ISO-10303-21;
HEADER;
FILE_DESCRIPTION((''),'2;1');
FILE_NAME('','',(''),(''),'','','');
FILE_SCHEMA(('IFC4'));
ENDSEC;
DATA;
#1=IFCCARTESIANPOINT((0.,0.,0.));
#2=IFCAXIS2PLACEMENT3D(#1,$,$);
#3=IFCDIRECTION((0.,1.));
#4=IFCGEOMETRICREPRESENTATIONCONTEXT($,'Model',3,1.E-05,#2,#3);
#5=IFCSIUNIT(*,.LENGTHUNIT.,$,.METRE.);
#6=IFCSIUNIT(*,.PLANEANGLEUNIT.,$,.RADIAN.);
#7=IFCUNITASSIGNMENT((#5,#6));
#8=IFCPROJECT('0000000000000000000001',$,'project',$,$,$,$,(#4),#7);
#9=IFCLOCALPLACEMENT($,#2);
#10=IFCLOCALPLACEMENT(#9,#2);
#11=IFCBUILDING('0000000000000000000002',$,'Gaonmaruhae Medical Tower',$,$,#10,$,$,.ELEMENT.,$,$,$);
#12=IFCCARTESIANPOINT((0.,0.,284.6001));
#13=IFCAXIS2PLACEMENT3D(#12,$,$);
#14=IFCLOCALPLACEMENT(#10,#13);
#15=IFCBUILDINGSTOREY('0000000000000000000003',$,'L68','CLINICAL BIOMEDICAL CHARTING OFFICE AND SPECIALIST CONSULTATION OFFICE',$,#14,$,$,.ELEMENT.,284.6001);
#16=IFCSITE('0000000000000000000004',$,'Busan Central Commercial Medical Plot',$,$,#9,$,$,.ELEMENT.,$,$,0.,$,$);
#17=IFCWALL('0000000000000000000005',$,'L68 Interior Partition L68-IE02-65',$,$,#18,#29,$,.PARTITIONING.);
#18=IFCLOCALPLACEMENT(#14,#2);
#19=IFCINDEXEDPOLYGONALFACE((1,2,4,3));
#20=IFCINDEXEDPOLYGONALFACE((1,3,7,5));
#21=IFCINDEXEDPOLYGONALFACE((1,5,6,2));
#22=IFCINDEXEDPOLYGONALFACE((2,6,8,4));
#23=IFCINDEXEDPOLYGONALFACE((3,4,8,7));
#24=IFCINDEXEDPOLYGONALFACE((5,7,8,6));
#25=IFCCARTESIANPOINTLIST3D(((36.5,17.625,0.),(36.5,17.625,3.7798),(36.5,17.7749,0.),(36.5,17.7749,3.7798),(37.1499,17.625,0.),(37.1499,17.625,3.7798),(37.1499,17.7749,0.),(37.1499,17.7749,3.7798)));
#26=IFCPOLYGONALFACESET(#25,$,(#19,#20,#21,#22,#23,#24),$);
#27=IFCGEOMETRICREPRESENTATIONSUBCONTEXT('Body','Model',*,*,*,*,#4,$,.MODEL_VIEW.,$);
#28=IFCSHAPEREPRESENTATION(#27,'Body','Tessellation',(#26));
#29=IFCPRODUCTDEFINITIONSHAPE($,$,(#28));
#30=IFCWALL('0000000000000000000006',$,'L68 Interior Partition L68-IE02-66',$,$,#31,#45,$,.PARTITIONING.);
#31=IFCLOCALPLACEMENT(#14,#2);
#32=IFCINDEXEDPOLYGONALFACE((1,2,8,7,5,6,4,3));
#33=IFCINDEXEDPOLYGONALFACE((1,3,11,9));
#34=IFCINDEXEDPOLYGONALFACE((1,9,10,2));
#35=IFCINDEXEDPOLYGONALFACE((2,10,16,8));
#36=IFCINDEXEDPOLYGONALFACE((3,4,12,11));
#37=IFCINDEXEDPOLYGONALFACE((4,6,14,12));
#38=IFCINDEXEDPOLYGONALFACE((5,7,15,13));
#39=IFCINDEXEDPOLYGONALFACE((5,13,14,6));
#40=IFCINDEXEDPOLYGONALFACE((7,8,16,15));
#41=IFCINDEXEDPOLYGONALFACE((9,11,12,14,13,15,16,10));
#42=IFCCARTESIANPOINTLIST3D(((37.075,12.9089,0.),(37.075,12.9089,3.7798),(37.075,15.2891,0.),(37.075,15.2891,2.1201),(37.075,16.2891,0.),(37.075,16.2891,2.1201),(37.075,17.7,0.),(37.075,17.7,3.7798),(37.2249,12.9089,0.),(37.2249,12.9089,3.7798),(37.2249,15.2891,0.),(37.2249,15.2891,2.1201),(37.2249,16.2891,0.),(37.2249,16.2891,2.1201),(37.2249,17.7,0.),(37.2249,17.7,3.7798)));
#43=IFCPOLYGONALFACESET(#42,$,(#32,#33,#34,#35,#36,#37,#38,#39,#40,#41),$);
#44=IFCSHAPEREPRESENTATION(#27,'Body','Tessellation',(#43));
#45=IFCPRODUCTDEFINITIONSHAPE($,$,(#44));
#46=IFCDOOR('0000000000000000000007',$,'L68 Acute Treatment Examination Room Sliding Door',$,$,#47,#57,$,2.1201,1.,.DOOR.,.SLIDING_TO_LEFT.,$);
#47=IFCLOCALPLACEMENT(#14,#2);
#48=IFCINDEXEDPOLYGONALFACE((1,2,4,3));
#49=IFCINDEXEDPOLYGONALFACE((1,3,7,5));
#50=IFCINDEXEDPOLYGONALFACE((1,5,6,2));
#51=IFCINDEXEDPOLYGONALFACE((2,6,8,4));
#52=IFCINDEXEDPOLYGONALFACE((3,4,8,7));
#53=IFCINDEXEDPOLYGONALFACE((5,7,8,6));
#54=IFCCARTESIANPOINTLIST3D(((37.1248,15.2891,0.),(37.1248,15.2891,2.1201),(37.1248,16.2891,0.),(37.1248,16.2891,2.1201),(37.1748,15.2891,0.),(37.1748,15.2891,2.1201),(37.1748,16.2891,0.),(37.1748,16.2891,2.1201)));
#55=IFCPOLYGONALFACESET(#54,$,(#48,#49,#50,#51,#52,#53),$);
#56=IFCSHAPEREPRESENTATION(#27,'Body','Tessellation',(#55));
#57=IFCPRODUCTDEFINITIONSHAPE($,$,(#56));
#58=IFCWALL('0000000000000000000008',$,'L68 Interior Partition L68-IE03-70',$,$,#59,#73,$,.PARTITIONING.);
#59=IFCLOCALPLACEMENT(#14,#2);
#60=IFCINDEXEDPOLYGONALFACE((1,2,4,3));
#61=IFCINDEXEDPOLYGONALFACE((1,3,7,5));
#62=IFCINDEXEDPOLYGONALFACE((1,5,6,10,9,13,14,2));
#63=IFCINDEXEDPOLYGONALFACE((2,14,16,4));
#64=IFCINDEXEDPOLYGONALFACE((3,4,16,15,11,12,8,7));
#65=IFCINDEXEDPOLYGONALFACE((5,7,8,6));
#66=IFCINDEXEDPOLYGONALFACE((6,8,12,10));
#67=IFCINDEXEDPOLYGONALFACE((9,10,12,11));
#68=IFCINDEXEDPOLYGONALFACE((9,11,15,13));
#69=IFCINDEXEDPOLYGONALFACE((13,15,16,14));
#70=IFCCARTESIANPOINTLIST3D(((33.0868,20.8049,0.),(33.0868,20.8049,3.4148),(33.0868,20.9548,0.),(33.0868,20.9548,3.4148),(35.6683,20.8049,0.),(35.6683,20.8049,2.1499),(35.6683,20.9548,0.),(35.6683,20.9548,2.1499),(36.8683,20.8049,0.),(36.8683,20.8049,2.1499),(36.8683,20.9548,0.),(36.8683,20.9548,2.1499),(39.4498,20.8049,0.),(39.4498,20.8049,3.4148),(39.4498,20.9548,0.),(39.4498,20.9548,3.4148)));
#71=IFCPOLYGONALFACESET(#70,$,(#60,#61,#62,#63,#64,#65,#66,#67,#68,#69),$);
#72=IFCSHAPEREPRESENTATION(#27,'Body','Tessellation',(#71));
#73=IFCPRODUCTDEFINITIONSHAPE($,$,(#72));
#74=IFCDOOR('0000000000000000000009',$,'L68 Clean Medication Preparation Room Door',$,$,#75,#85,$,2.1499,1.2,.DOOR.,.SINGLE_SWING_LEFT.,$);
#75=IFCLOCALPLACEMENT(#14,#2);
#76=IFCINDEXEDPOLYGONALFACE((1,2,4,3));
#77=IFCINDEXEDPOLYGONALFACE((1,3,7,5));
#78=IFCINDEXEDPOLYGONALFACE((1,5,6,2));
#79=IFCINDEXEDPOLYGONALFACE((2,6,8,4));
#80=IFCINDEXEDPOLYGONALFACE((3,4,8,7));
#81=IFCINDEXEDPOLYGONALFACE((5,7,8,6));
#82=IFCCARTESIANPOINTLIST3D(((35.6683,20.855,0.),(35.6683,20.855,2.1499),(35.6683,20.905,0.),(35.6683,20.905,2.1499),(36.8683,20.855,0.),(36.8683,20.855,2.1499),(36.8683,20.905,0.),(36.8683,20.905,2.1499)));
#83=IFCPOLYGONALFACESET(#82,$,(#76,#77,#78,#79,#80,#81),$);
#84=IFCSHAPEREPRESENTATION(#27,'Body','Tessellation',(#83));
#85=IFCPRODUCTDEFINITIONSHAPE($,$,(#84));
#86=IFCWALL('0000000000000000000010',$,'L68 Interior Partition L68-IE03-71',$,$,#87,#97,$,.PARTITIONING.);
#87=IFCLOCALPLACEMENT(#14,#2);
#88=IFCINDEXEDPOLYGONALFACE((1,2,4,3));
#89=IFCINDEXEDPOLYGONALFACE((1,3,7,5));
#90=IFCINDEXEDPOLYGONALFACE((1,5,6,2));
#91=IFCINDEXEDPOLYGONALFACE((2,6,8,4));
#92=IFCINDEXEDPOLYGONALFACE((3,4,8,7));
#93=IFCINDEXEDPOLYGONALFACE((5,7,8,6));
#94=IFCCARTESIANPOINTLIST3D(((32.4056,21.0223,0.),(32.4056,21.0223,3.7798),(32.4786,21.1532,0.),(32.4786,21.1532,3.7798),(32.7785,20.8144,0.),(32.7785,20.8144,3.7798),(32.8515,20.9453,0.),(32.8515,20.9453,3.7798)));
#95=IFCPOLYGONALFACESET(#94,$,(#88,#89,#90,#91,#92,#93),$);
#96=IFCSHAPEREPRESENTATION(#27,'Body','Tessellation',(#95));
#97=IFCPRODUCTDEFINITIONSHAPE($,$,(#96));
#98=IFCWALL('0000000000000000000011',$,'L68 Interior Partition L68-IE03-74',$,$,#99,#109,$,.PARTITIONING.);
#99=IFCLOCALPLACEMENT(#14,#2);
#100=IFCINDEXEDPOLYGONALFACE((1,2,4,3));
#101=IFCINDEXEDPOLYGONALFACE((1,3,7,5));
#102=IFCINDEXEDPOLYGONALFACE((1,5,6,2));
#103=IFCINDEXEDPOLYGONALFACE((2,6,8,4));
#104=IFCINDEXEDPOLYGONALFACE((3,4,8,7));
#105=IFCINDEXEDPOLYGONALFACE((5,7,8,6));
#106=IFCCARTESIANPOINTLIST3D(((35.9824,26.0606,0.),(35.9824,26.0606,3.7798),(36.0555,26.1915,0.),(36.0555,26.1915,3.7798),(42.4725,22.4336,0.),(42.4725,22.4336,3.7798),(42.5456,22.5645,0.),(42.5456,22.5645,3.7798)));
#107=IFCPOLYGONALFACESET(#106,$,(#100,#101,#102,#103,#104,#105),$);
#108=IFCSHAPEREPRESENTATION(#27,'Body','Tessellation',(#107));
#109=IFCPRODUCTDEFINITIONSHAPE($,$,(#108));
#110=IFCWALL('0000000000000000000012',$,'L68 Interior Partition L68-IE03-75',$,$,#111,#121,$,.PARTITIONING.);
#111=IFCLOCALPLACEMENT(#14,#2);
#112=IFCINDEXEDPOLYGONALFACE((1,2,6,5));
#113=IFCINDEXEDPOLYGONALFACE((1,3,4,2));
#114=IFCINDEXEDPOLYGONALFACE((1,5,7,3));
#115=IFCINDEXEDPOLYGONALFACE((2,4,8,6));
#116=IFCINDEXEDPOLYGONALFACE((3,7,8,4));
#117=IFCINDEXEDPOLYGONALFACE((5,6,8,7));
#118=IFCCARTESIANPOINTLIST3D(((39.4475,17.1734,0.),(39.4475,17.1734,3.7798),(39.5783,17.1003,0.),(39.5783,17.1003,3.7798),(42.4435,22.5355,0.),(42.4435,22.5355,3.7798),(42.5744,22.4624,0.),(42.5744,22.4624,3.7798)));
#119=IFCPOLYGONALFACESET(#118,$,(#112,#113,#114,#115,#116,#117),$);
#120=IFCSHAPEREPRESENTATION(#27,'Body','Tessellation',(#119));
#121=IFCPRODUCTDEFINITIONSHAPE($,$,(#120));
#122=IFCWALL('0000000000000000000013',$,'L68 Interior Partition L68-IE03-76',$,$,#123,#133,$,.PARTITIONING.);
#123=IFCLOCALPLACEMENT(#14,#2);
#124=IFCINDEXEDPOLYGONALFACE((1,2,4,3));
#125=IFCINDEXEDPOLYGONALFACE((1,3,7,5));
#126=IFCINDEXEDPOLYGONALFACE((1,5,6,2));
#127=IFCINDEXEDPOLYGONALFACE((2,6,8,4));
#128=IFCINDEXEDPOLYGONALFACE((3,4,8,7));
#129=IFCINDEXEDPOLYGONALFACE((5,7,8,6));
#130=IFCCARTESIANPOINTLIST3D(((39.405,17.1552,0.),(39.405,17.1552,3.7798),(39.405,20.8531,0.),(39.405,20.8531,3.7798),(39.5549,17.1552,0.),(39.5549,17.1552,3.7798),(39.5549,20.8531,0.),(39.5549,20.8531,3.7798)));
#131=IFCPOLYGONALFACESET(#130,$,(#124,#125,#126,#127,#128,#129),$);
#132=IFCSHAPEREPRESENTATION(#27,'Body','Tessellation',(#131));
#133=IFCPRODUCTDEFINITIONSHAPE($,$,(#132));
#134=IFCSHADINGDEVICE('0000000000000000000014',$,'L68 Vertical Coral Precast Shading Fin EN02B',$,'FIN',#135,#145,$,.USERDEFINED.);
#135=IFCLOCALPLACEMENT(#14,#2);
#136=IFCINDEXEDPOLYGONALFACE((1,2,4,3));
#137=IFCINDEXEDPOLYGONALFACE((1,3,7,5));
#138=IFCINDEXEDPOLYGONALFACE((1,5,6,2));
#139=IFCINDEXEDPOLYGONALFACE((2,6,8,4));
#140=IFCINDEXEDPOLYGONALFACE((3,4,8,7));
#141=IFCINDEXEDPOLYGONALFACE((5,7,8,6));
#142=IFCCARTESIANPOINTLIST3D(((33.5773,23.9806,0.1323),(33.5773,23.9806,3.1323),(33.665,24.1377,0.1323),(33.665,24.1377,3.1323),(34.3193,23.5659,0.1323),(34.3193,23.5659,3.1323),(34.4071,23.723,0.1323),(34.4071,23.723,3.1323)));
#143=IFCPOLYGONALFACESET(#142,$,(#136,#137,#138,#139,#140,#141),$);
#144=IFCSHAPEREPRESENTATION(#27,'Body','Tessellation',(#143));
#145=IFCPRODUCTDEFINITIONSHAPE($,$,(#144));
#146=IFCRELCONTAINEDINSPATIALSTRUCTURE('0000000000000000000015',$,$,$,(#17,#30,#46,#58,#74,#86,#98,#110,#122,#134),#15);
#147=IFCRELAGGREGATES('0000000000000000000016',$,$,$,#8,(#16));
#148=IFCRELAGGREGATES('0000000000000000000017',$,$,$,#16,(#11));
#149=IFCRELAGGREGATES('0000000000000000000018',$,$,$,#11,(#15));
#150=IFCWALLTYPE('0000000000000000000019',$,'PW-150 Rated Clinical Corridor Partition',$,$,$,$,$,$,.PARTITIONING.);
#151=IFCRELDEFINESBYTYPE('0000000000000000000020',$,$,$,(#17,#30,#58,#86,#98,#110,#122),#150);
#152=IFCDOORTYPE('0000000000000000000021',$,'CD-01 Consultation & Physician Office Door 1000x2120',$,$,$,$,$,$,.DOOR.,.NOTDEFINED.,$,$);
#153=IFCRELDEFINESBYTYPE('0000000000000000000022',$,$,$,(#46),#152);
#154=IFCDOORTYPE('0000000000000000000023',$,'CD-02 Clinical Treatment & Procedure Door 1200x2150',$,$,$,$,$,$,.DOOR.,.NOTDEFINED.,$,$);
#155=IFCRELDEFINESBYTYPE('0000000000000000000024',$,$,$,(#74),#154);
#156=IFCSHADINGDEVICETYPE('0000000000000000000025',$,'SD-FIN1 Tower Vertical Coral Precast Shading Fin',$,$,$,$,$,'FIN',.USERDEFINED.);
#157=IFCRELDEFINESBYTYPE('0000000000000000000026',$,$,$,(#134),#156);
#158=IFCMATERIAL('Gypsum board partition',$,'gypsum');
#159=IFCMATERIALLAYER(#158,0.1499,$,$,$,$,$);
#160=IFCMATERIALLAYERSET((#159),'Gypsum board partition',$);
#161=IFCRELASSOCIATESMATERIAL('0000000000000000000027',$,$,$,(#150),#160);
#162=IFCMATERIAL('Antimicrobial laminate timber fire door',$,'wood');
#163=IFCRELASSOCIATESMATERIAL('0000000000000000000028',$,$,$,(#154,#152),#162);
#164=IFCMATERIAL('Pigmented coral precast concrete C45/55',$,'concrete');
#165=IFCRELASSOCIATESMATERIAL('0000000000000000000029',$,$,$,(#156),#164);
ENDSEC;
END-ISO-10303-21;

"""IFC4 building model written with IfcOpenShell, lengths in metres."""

from ifc_helpers import new_model, si_unit, direction, frame, frame_2d, origin, origin_2d, place, context, subcontext, project, spatial, rectangle, extrude, material, layer, layer_set, type_object, element, fill, save


model = new_model("IFC4")

# Units and contexts
model_context = context("Model", 3, precision=1e-05, world=origin(), true_north=direction((0.0, 1.0)))
body_context = subcontext(model_context, "Body", "Model", "MODEL_VIEW")
ifc_project = project(units=[si_unit("LENGTHUNIT", "METRE"), si_unit("PLANEANGLEUNIT", "RADIAN")], contexts=[model_context])

# Site, building, storey
site_placement = place(None, origin())
site = spatial("IfcSite", under=ifc_project, at=site_placement, Name="Busan Central Commercial Medical Plot", CompositionType="ELEMENT", RefElevation=0.0)
building_placement = place(site_placement, origin())
building = spatial("IfcBuilding", under=site, at=building_placement, Name="Gaonmaruhae Medical Tower", CompositionType="ELEMENT")
storey_placement = place(building_placement, frame((0.0, 0.0, 284.6001)))
storey = spatial("IfcBuildingStorey", under=building, at=storey_placement, Name="L68", Description="CLINICAL BIOMEDICAL CHARTING OFFICE AND SPECIALIST CONSULTATION OFFICE", CompositionType="ELEMENT", Elevation=284.6001)

# Shared definitions
ifc_material_1 = material(Name="Gypsum board partition", Category="gypsum")
ifc_layer_1 = layer(ifc_material_1, 0.1499)
ifc_layer_set_1 = layer_set([ifc_layer_1], Name="Gypsum board partition")
wall_type_1 = type_object("IfcWallType", Name="PW-150 Rated Clinical Corridor Partition", PredefinedType="PARTITIONING", material=ifc_layer_set_1)

# Shared definitions
ifc_material_2 = material(Name="Antimicrobial laminate timber fire door", Category="wood")
door_type_1 = type_object("IfcDoorType", Name="CD-02 Clinical Treatment & Procedure Door 1200x2150", OperationType="NOTDEFINED", PredefinedType="DOOR", material=ifc_material_2)

# Wall
wall_1_placement = place(storey_placement, frame((36.5, 17.7, 0.0), z_axis=(0.0, 0.0, 1.0), x_axis=(1.0, 0.0, 0.0)))
element("IfcWall", 1, at=wall_1_placement, inside=storey, type_object=wall_type_1, Name="L68 Interior Partition L68-IE02-65", PredefinedType="PARTITIONING", context=body_context, shape_type="SweptSolid", body=[
    extrude(rectangle(XDim=0.6499, YDim=0.1499, at=frame_2d((0.325, 0.0))), origin(), (0.0, 0.0, 1.0), 3.7798),
])

# Walls, openings, doors
wall_2_placement = place(storey_placement, frame((37.1499, 17.7, 0.0), z_axis=(0.0, 0.0, 1.0), x_axis=(0.0, -1.0, 0.0)))
wall_2 = element("IfcWall", 2, at=wall_2_placement, inside=storey, type_object=wall_type_1, Name="L68 Interior Partition L68-IE02-66", PredefinedType="PARTITIONING", context=body_context, shape_type="SweptSolid", body=[
    extrude(rectangle(XDim=4.791, YDim=0.1499, at=frame_2d((2.3955, 0.0))), origin(), (0.0, 0.0, 1.0), 3.7798),
])
opening_1_placement = place(wall_2_placement, frame((1.4109, 0.0, 0.0)))
opening_1 = element("IfcOpeningElement", 3, at=opening_1_placement, cuts=wall_2, PredefinedType="OPENING", context=body_context, shape_type="SweptSolid", body=[
    extrude(rectangle(XDim=1.0, YDim=2.1201, at=frame_2d((0.5, 1.0601))), frame((0.0, 0.085, 0.0), z_axis=(0.0, -1.0, 0.0), x_axis=(1.0, 0.0, 0.0)), (0.0, 0.0, 1.0), 0.1699),
])
door_type_2 = type_object("IfcDoorType", Name="CD-01 Consultation & Physician Office Door 1000x2120", OperationType="NOTDEFINED", PredefinedType="DOOR", material=ifc_material_2)
door_1_placement = place(opening_1_placement, origin())
door_1 = element("IfcDoor", 4, at=door_1_placement, inside=storey, type_object=door_type_2, Name="L68 Acute Treatment Examination Room Sliding Door", OperationType="SLIDING_TO_LEFT", OverallHeight=2.1201, OverallWidth=1.0, PredefinedType="DOOR", context=body_context, shape_type="SweptSolid", body=[
    extrude(rectangle(XDim=1.0, YDim=2.1201, at=frame_2d((0.5, 1.0601))), frame((0.0, 0.0249, 0.0), z_axis=(0.0, -1.0, 0.0), x_axis=(1.0, 0.0, 0.0)), (0.0, 0.0, 1.0), 0.05),
])
fill(opening_1, door_1)
wall_3_placement = place(storey_placement, frame((39.45, 20.8799, 0.0), z_axis=(0.0, 0.0, 1.0), x_axis=(-1.0, 0.0, 0.0)))
wall_3 = element("IfcWall", 5, at=wall_3_placement, inside=storey, type_object=wall_type_1, Name="L68 Interior Partition L68-IE03-70", PredefinedType="PARTITIONING", context=body_context, shape_type="SweptSolid", body=[
    extrude(rectangle(XDim=6.363, YDim=0.1499, at=frame_2d((3.1816, 0.0))), origin(), (0.0, 0.0, 1.0), 3.4148),
])
opening_2_placement = place(wall_3_placement, frame((2.5815, 0.0, 0.0)))
opening_2 = element("IfcOpeningElement", 6, at=opening_2_placement, cuts=wall_3, PredefinedType="OPENING", context=body_context, shape_type="SweptSolid", body=[
    extrude(rectangle(XDim=1.2, YDim=2.1499, at=frame_2d((0.6001, 1.075))), frame((0.0, 0.085, 0.0), z_axis=(0.0, -1.0, 0.0), x_axis=(1.0, 0.0, 0.0)), (0.0, 0.0, 1.0), 0.1699),
])
door_2_placement = place(opening_2_placement, origin())
door_2 = element("IfcDoor", 7, at=door_2_placement, inside=storey, type_object=door_type_1, Name="L68 Clean Medication Preparation Room Door", OperationType="SINGLE_SWING_LEFT", OverallHeight=2.1499, OverallWidth=1.2, PredefinedType="DOOR", context=body_context, shape_type="SweptSolid", body=[
    extrude(rectangle(XDim=1.2, YDim=2.1499, at=frame_2d((0.6001, 1.075))), frame((0.0, 0.0249, 0.0), z_axis=(0.0, -1.0, 0.0), x_axis=(1.0, 0.0, 0.0)), (0.0, 0.0, 1.0), 0.05),
])
fill(opening_2, door_2)

# Walls
wall_4_placement = place(storey_placement, frame((32.8149, 20.8799, 0.0), z_axis=(0.0, 0.0, 1.0), x_axis=(-0.873401, 0.487001, 0.0)))
element("IfcWall", 8, at=wall_4_placement, inside=storey, type_object=wall_type_1, Name="L68 Interior Partition L68-IE03-71", PredefinedType="PARTITIONING", context=body_context, shape_type="SweptSolid", body=[
    extrude(rectangle(XDim=0.427, YDim=0.1499, at=frame_2d((0.2134, 0.0))), origin(), (0.0, 0.0, 1.0), 3.7798),
])
wall_5_placement = place(storey_placement, frame((36.019, 26.126, 0.0), z_axis=(0.0, 0.0, 1.0), x_axis=(0.872932, -0.487841, 0.0)))
element("IfcWall", 9, at=wall_5_placement, inside=storey, type_object=wall_type_1, Name="L68 Interior Partition L68-IE03-74", PredefinedType="PARTITIONING", context=body_context, shape_type="SweptSolid", body=[
    extrude(rectangle(XDim=7.4348, YDim=0.1499, at=frame_2d((3.7173, 0.0))), origin(), (0.0, 0.0, 1.0), 3.7798),
])
wall_6_placement = place(storey_placement, frame((42.509, 22.499, 0.0), z_axis=(0.0, 0.0, 1.0), x_axis=(-0.487778, -0.872968, 0.0)))
element("IfcWall", 10, at=wall_6_placement, inside=storey, type_object=wall_type_1, Name="L68 Interior Partition L68-IE03-75", PredefinedType="PARTITIONING", context=body_context, shape_type="SweptSolid", body=[
    extrude(rectangle(XDim=6.1423, YDim=0.1499, at=frame_2d((3.0713, 0.0))), origin(), (0.0, 0.0, 1.0), 3.7798),
])
wall_7_placement = place(storey_placement, frame((39.48, 17.155, 0.0), z_axis=(0.0, 0.0, 1.0), x_axis=(0.0, 1.0, 0.0)))
element("IfcWall", 11, at=wall_7_placement, inside=storey, type_object=wall_type_1, Name="L68 Interior Partition L68-IE03-76", PredefinedType="PARTITIONING", context=body_context, shape_type="SweptSolid", body=[
    extrude(rectangle(XDim=3.698, YDim=0.1499, at=frame_2d((1.8491, 0.0))), origin(), (0.0, 0.0, 1.0), 3.7798),
])

# Shading device
ifc_material_3 = material(Name="Pigmented coral precast concrete C45/55", Category="concrete")
shading_device_type = type_object("IfcShadingDeviceType", Name="SD-FIN1 Tower Vertical Coral Precast Shading Fin", ElementType="FIN", PredefinedType="USERDEFINED", material=ifc_material_3)
shading_device_placement = place(storey_placement, frame((33.9922, 23.8518, 0.1323), z_axis=(0.0, 0.0, 1.0), x_axis=(0.48786, 0.872922, 0.0)))
element("IfcShadingDevice", 12, at=shading_device_placement, inside=storey, type_object=shading_device_type, Name="L68 Vertical Coral Precast Shading Fin EN02B", ObjectType="FIN", PredefinedType="USERDEFINED", context=body_context, shape_type="SweptSolid", body=[
    extrude(rectangle(XDim=0.1799, YDim=0.8501, at=origin_2d()), origin(), (0.0, 0.0, 1.0), 3.0),
])

save(model, "model.ifc")
